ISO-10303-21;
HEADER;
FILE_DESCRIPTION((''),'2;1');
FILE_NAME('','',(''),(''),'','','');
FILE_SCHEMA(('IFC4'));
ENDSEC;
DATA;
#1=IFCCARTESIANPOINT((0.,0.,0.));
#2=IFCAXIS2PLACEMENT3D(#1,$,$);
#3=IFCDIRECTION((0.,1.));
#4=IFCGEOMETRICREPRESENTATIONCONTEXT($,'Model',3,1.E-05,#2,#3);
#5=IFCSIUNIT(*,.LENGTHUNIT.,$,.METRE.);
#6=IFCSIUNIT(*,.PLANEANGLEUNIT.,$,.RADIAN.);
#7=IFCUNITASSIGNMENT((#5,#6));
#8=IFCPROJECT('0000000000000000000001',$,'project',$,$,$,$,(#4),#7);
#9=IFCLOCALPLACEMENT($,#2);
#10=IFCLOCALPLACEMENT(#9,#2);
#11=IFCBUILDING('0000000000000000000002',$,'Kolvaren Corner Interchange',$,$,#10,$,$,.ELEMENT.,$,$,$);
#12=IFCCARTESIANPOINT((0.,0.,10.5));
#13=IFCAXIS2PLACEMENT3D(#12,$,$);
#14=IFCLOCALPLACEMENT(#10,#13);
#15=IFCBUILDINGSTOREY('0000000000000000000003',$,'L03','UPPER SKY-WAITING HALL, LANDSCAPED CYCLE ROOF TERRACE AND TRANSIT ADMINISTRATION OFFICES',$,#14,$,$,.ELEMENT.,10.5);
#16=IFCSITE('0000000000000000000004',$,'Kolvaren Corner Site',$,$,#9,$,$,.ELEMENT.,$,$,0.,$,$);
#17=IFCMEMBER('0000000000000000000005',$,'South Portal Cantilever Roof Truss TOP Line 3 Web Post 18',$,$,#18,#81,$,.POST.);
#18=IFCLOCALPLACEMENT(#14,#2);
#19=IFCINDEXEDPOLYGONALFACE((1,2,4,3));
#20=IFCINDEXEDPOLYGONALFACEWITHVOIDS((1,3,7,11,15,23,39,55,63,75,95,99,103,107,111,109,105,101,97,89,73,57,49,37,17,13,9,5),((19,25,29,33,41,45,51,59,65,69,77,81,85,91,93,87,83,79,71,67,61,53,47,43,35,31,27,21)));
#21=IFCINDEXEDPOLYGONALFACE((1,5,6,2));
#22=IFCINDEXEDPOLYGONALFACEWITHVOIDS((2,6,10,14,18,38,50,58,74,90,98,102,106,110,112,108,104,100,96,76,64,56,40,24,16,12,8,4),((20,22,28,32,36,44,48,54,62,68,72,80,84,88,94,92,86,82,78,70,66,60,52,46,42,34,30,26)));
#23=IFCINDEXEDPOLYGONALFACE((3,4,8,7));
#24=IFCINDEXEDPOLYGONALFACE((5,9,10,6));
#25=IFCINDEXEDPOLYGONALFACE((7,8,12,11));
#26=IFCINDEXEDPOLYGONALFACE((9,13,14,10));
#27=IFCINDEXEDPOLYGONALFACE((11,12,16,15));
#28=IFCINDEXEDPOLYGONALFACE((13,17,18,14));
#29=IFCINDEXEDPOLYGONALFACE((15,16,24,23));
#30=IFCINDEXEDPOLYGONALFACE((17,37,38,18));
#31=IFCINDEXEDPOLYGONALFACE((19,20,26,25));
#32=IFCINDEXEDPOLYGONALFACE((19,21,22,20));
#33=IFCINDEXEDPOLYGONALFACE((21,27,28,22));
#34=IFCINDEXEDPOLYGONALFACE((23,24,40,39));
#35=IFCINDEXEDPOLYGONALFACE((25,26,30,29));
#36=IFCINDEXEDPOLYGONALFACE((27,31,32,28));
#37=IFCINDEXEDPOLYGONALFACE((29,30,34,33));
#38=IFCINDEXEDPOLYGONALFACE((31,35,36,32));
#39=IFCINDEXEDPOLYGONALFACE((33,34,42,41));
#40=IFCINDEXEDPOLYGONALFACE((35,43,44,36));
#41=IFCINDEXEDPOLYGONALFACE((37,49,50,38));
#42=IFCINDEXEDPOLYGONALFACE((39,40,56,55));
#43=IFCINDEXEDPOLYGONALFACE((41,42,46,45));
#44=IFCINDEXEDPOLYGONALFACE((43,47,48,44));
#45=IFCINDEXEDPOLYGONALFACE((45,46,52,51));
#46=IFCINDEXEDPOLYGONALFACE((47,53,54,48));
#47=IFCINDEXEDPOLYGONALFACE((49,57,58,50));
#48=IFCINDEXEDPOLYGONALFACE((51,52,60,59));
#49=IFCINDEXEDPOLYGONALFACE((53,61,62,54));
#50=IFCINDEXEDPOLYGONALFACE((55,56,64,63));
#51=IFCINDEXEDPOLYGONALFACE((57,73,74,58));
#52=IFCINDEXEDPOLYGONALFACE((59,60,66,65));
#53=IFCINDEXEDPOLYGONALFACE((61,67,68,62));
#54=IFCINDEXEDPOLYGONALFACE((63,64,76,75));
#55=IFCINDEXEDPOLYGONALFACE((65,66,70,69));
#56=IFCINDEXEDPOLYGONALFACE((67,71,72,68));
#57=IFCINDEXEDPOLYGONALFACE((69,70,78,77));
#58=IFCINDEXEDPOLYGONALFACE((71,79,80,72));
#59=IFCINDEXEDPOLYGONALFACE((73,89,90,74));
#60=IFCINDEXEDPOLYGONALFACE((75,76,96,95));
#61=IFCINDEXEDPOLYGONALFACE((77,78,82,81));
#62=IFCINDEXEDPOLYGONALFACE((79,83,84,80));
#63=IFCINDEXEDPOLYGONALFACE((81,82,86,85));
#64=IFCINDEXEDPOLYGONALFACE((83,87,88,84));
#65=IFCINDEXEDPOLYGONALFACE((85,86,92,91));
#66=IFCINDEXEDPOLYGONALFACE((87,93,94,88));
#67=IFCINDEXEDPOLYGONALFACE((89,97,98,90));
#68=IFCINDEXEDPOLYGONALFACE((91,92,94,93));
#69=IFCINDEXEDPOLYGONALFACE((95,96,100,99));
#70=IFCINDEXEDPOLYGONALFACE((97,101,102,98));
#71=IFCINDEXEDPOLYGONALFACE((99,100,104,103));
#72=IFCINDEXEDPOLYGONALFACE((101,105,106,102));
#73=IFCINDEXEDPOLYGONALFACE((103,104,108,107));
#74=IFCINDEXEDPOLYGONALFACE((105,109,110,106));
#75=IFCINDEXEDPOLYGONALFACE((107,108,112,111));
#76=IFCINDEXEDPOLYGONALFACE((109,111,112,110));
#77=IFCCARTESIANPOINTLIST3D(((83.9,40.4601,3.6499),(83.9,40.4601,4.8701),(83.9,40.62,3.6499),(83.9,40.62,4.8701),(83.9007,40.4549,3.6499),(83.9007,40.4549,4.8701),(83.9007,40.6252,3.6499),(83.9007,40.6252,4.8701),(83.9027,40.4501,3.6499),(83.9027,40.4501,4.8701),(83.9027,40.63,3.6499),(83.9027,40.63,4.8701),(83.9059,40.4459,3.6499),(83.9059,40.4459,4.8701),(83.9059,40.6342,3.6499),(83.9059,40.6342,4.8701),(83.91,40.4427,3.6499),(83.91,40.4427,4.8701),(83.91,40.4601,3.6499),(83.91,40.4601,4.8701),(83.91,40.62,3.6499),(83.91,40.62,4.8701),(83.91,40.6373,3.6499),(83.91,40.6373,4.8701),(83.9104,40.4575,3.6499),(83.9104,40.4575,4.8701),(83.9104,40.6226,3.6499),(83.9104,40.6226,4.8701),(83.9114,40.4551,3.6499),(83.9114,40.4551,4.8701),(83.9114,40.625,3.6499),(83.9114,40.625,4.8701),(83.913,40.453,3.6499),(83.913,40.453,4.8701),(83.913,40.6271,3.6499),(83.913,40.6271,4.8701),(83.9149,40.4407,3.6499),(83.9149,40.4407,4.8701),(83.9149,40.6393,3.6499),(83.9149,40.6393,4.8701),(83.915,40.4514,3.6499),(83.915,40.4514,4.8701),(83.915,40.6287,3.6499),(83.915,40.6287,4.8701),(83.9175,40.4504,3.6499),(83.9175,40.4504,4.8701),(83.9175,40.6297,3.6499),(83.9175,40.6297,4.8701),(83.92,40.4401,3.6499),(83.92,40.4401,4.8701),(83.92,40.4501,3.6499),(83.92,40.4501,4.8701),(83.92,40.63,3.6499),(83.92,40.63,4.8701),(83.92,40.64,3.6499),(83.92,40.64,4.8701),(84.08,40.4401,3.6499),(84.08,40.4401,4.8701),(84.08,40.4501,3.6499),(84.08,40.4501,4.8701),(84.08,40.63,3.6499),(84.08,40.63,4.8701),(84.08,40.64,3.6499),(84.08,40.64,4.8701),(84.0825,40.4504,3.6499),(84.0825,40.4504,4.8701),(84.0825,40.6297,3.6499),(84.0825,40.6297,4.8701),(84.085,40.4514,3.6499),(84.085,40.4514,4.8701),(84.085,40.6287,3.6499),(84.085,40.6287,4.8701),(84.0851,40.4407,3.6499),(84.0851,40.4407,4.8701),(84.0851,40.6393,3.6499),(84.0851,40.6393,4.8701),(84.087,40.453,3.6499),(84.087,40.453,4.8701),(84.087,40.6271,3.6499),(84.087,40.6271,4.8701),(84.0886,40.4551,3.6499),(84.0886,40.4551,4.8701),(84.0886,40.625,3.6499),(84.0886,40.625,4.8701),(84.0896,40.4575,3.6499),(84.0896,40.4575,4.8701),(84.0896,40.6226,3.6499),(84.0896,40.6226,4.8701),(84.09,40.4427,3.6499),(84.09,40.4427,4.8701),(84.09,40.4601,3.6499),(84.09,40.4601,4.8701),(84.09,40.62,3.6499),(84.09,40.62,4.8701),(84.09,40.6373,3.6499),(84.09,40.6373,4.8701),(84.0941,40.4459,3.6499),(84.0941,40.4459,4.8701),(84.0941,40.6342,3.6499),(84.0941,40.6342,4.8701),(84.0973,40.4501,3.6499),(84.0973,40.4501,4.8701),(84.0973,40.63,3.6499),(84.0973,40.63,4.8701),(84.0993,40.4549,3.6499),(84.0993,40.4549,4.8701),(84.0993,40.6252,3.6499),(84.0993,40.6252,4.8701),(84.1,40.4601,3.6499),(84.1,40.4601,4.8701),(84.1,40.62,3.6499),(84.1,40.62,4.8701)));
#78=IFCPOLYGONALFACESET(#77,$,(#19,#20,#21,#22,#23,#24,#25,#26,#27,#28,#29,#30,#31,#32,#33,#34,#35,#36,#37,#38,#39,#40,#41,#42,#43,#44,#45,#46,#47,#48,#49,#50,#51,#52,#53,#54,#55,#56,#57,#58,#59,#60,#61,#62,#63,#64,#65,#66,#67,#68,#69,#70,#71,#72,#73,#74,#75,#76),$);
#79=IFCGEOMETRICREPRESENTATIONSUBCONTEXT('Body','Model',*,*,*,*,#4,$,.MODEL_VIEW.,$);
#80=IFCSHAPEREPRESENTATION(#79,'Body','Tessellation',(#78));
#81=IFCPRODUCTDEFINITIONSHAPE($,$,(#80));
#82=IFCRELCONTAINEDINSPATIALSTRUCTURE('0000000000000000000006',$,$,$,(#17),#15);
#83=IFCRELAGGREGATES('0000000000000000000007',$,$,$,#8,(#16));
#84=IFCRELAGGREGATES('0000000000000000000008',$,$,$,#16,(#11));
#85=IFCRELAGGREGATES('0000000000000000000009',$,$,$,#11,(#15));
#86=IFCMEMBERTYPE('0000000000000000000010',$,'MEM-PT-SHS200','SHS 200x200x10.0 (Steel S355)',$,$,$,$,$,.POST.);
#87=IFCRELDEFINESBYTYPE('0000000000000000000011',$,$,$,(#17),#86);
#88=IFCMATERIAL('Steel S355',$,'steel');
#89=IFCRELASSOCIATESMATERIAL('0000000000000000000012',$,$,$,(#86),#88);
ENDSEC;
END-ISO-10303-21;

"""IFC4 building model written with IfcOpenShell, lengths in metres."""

from ifc_helpers import new_model, si_unit, direction, frame, origin, origin_2d, place, context, subcontext, project, spatial, hollow_rectangle, extrude, material, material_profile, profile_set, type_object, element, save


model = new_model("IFC4")

# Units and contexts
model_context = context("Model", 3, precision=1e-05, world=origin(), true_north=direction((0.0, 1.0)))
body_context = subcontext(model_context, "Body", "Model", "MODEL_VIEW")
ifc_project = project(units=[si_unit("LENGTHUNIT", "METRE"), si_unit("PLANEANGLEUNIT", "RADIAN")], contexts=[model_context])

# Site, building, storey
site_placement = place(None, origin())
site = spatial("IfcSite", under=ifc_project, at=site_placement, Name="Kolvaren Corner Site", CompositionType="ELEMENT", RefElevation=0.0)
building_placement = place(site_placement, origin())
building = spatial("IfcBuilding", under=site, at=building_placement, Name="Kolvaren Corner Interchange", CompositionType="ELEMENT")
storey_placement = place(building_placement, frame((0.0, 0.0, 10.5)))
storey = spatial("IfcBuildingStorey", under=building, at=storey_placement, Name="L03", Description="UPPER SKY-WAITING HALL, LANDSCAPED CYCLE ROOF TERRACE AND TRANSIT ADMINISTRATION OFFICES", CompositionType="ELEMENT", Elevation=10.5)

# Member
ifc_material_1 = material(Name="Steel S355", Category="steel")
ifc_material_profile_1 = material_profile(ifc_material_1, hollow_rectangle(XDim=0.2, YDim=0.2, WallThickness=0.01, InnerFilletRadius=0.01, OuterFilletRadius=0.02, at=origin_2d()), Name="SHS 200x200x10.0")
ifc_profile_set_1 = profile_set([ifc_material_profile_1], Name="Steel S355")
member_type_1 = type_object("IfcMemberType", Name="MEM-PT-SHS200", Description="SHS 200x200x10.0 (Steel S355)", PredefinedType="POST", material=ifc_profile_set_1)
for number, where, z_axis, x_axis, name in (
    (1, (84.0, 40.54, 3.6499), (0.0, 0.0, 1.0), (1.0, 0.0, 0.0), "South Portal Cantilever Roof Truss TOP Line 3 Web Post 18"),
):
    element("IfcMember", number, at=place(storey_placement, frame(where, z_axis=z_axis, x_axis=x_axis)), inside=storey, type_object=member_type_1, Name=name, PredefinedType="POST", context=body_context, shape_type="SweptSolid", body=[
        extrude(hollow_rectangle(XDim=0.2, YDim=0.2, WallThickness=0.01, InnerFilletRadius=0.01, OuterFilletRadius=0.02, at=origin_2d()), origin(), (0.0, 0.0, 1.0), 1.2202),
    ])

save(model, "model.ifc")
